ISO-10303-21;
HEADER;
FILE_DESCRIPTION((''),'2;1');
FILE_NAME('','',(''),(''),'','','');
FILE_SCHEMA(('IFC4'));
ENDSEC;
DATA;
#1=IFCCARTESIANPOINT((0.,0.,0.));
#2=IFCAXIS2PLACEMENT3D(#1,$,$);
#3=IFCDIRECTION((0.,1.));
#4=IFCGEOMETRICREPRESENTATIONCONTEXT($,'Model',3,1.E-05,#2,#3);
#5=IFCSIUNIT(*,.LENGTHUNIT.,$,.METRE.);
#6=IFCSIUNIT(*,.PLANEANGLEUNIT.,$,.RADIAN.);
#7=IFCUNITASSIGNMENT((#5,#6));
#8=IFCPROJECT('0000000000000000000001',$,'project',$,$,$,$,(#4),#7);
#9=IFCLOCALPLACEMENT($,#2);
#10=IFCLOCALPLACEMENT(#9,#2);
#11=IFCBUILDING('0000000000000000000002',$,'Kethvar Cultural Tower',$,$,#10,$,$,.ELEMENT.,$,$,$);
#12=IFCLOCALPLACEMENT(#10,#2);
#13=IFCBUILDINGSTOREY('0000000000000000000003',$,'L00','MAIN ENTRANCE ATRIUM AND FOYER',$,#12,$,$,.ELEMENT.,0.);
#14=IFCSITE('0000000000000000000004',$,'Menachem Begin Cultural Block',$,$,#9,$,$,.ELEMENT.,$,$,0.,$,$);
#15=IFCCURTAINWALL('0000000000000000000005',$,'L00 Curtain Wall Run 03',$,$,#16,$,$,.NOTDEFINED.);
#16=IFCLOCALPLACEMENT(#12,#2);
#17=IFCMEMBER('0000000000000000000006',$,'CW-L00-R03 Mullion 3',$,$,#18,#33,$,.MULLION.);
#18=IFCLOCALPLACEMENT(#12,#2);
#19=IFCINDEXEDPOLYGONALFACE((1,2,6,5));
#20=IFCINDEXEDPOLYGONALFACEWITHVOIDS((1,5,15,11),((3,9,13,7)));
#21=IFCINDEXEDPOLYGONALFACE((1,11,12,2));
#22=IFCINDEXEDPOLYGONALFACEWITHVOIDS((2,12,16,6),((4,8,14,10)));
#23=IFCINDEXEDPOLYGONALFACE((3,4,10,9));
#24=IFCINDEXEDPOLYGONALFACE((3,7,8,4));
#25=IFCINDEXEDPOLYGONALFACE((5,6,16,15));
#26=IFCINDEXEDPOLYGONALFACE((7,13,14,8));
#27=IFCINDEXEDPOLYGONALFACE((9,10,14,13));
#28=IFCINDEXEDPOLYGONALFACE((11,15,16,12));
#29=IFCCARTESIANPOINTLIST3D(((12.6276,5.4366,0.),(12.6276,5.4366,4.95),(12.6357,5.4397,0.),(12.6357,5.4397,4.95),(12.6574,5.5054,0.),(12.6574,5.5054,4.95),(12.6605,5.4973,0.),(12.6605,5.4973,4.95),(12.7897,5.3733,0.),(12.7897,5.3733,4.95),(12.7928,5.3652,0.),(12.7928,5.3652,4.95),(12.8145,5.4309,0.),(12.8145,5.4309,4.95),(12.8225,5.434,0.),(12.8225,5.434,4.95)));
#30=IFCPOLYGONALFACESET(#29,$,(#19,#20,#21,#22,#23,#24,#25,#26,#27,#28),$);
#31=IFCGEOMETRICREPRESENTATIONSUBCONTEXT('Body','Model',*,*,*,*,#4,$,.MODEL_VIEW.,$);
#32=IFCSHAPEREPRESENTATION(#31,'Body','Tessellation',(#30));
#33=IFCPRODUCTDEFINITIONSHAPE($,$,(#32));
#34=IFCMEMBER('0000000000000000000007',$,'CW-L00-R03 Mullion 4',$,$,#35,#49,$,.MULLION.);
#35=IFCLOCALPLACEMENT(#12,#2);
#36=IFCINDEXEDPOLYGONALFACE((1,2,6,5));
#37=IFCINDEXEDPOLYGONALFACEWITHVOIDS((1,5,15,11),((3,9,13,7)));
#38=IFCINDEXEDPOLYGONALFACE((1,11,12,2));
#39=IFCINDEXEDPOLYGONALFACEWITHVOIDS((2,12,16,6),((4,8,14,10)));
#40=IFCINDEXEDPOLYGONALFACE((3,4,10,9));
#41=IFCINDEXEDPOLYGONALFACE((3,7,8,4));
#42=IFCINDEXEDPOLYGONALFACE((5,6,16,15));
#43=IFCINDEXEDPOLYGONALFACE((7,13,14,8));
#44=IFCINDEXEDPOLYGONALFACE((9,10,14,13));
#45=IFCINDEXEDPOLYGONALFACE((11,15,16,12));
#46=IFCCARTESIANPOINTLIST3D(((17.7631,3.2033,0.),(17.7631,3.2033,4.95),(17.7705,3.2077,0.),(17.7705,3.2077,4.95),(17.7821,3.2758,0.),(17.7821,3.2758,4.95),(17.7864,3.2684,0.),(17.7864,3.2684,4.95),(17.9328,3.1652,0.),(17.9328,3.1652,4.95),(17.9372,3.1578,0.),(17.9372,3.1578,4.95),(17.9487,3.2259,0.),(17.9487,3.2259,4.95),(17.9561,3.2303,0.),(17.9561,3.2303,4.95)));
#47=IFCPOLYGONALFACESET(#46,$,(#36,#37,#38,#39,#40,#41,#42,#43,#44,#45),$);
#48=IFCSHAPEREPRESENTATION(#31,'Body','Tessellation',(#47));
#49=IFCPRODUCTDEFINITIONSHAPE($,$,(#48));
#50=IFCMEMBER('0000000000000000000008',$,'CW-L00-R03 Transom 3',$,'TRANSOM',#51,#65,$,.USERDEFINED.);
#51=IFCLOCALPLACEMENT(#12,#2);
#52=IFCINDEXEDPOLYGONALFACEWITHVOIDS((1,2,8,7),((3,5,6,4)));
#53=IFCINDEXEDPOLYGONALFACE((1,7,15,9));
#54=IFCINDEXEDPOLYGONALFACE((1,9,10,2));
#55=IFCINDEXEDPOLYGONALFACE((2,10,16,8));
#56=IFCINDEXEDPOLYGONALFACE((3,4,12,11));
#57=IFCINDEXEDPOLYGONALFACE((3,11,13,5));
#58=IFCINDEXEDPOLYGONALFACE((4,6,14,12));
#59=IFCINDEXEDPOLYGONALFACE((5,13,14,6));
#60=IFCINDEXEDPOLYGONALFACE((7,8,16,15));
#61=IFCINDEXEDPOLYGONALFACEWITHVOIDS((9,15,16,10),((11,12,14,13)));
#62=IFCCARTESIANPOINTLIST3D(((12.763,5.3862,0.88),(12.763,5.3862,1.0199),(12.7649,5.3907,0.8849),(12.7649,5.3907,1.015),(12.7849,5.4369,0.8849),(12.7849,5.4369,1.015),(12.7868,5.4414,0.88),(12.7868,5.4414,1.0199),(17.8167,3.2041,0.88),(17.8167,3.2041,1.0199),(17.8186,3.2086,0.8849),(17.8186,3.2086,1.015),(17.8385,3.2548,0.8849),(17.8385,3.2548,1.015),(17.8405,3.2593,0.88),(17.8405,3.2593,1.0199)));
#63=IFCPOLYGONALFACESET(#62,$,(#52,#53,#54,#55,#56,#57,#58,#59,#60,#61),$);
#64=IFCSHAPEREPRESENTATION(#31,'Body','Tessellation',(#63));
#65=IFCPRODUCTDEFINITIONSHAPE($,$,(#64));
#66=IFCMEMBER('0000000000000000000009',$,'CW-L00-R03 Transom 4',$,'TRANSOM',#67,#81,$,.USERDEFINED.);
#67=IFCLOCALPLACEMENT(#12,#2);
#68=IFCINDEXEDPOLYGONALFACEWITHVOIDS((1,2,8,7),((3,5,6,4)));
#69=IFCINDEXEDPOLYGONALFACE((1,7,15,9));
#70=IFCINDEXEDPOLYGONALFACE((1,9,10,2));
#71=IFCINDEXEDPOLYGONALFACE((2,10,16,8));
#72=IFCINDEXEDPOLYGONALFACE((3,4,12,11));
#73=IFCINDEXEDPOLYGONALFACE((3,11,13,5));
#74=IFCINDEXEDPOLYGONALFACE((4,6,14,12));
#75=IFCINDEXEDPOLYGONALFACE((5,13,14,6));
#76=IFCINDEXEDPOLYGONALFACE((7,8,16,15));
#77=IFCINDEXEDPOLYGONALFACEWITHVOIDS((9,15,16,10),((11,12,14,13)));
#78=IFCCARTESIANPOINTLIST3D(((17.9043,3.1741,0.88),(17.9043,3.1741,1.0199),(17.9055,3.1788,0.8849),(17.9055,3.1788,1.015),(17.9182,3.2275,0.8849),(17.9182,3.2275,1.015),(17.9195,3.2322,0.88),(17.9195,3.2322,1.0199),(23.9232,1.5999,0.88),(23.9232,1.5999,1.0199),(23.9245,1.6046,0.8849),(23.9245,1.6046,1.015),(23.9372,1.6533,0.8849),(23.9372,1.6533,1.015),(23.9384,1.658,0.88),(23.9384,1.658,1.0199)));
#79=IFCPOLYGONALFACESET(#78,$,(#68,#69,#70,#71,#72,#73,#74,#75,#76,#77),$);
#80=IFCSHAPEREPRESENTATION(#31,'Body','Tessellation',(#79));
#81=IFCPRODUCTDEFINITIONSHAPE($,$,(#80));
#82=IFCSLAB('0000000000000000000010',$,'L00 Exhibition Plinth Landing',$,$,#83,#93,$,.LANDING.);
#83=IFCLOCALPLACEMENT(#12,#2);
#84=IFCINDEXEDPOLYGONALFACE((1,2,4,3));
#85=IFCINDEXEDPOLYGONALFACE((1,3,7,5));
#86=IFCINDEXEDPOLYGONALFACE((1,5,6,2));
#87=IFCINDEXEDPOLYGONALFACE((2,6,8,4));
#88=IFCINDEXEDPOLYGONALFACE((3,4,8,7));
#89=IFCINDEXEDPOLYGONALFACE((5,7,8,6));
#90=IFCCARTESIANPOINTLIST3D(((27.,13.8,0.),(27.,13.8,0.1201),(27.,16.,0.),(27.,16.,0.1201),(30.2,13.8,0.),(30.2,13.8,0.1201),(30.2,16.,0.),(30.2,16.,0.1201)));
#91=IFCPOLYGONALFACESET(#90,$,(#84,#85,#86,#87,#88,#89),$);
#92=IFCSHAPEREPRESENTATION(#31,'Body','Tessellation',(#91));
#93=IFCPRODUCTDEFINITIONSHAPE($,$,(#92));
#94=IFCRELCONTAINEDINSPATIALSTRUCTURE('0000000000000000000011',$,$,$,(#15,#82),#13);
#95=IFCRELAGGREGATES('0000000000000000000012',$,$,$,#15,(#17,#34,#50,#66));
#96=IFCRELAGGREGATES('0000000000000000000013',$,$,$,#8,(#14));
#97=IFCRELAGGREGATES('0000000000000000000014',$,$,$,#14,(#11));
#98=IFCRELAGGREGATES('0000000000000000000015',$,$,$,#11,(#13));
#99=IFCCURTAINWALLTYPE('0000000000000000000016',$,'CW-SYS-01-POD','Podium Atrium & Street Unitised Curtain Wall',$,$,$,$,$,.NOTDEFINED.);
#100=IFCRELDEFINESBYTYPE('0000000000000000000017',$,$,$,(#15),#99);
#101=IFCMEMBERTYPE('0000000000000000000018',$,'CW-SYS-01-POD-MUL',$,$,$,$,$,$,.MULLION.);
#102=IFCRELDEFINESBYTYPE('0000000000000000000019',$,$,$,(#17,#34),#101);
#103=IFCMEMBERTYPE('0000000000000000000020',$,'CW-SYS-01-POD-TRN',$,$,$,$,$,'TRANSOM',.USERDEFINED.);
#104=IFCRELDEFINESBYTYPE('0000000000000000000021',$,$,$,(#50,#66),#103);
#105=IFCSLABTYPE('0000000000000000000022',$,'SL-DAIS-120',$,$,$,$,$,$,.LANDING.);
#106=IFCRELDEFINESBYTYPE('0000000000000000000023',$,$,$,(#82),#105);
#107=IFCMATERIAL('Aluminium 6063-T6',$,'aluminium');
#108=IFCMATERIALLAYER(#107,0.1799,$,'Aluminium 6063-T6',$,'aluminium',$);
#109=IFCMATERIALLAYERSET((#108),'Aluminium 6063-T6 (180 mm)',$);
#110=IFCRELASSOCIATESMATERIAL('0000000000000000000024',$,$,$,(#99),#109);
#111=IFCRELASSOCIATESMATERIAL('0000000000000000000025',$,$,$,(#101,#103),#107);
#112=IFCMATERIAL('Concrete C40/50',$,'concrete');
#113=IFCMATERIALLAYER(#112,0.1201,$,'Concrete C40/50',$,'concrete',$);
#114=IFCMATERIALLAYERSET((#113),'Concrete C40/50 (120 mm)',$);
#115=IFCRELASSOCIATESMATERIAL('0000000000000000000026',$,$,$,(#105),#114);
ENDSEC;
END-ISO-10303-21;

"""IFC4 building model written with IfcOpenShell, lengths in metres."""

from ifc_helpers import new_model, si_unit, direction, frame, origin, origin_2d, place, context, subcontext, project, spatial, polyline, hollow_rectangle, outline, extrude, source, transform, mapped, material, layer, layer_set, material_profile, profile_set, type_object, element, aggregate, save


model = new_model("IFC4")

# Units and contexts
model_context = context("Model", 3, precision=1e-05, world=origin(), true_north=direction((0.0, 1.0)))
body_context = subcontext(model_context, "Body", "Model", "MODEL_VIEW")
ifc_project = project(units=[si_unit("LENGTHUNIT", "METRE"), si_unit("PLANEANGLEUNIT", "RADIAN")], contexts=[model_context])

# Site, building, storey
site_placement = place(None, origin())
site = spatial("IfcSite", under=ifc_project, at=site_placement, Name="Menachem Begin Cultural Block", CompositionType="ELEMENT", RefElevation=0.0)
building_placement = place(site_placement, origin())
building = spatial("IfcBuilding", under=site, at=building_placement, Name="Kethvar Cultural Tower", CompositionType="ELEMENT")
storey_placement = place(building_placement, origin())
storey = spatial("IfcBuildingStorey", under=building, at=storey_placement, Name="L00", Description="MAIN ENTRANCE ATRIUM AND FOYER", CompositionType="ELEMENT", Elevation=0.0)

# Curtain wall, members
ifc_material_1 = material(Name="Aluminium 6063-T6", Category="aluminium")
ifc_layer_1 = layer(ifc_material_1, 0.1799, Name="Aluminium 6063-T6", Category="aluminium")
ifc_layer_set_1 = layer_set([ifc_layer_1], Name="Aluminium 6063-T6 (180 mm)")
curtain_wall_type = type_object("IfcCurtainWallType", Name="CW-SYS-01-POD", Description="Podium Atrium & Street Unitised Curtain Wall", PredefinedType="NOTDEFINED", material=ifc_layer_set_1)
curtain_wall_placement = place(storey_placement, origin())
curtain_wall = element("IfcCurtainWall", 1, at=curtain_wall_placement, inside=storey, type_object=curtain_wall_type, Name="L00 Curtain Wall Run 03", PredefinedType="NOTDEFINED")
ifc_material_profile_1 = material_profile(ifc_material_1, hollow_rectangle(XDim=0.075, YDim=0.1799, WallThickness=0.0061, at=origin_2d()), Name="Aluminium 6063-T6 — RHS180x75x6")
ifc_profile_set_1 = profile_set([ifc_material_profile_1], Name="Aluminium 6063-T6 — RHS180x75x6")
member_type_1 = type_object("IfcMemberType", Name="CW-SYS-01-POD-MUL", PredefinedType="MULLION", material=ifc_profile_set_1)
shared_shape_1 = source(origin(), body_context, "Body", "SweptSolid", [
    extrude(hollow_rectangle(XDim=0.075, YDim=0.1799, WallThickness=0.0061, at=origin_2d()), origin(), (0.0, 0.0, 1.0), 4.95),
])
member_1_placement = place(storey_placement, frame((12.7251, 5.4353, 0.0), z_axis=(0.0, 0.0, 1.0), x_axis=(0.396411, 0.918073, 0.0)))
member_1 = element("IfcMember", 2, at=member_1_placement, type_object=member_type_1, Name="CW-L00-R03 Mullion 3", PredefinedType="MULLION", context=body_context, shape_type="MappedRepresentation", body=[
    mapped(shared_shape_1, transform((0.0, 0.0, 0.0), scale=1.0)),
])
member_2_placement = place(storey_placement, frame((17.8596, 3.2168, 0.0), z_axis=(0.0, 0.0, 1.0), x_axis=(0.253032, 0.967458, 0.0)))
member_2 = element("IfcMember", 3, at=member_2_placement, type_object=member_type_1, Name="CW-L00-R03 Mullion 4", PredefinedType="MULLION", context=body_context, shape_type="MappedRepresentation", body=[
    mapped(shared_shape_1, transform((0.0, 0.0, 0.0), scale=1.0)),
])
ifc_material_profile_2 = material_profile(ifc_material_1, hollow_rectangle(XDim=0.0601, YDim=0.1399, WallThickness=0.0049, at=origin_2d()), Name="Aluminium 6063-T6 — RHS140x60x5")
ifc_profile_set_2 = profile_set([ifc_material_profile_2], Name="Aluminium 6063-T6 — RHS140x60x5")
member_type_2 = type_object("IfcMemberType", Name="CW-SYS-01-POD-TRN", ElementType="TRANSOM", PredefinedType="USERDEFINED", material=ifc_profile_set_2)
shared_shape_2 = source(origin(), body_context, "Body", "SweptSolid", [
    extrude(hollow_rectangle(XDim=0.0601, YDim=0.1399, WallThickness=0.0049, at=origin_2d()), origin(), (0.0, 0.0, 1.0), 5.5046),
])
member_3_placement = place(storey_placement, frame((12.7749, 5.4138, 0.95), z_axis=(0.918073, -0.396412, 0.0), x_axis=(0.396412, 0.918073, 0.0)))
member_3 = element("IfcMember", 4, at=member_3_placement, type_object=member_type_2, Name="CW-L00-R03 Transom 3", ObjectType="TRANSOM", PredefinedType="USERDEFINED", context=body_context, shape_type="MappedRepresentation", body=[
    mapped(shared_shape_2, transform((0.0, 0.0, 0.0), scale=1.0)),
])
shared_shape_3 = source(origin(), body_context, "Body", "SweptSolid", [
    extrude(hollow_rectangle(XDim=0.0601, YDim=0.1399, WallThickness=0.0049, at=origin_2d()), origin(), (0.0, 0.0, 1.0), 6.2214),
])
member_4_placement = place(storey_placement, frame((17.9119, 3.2031, 0.95), z_axis=(0.967459, -0.253029, 0.0), x_axis=(0.253029, 0.967459, 0.0)))
member_4 = element("IfcMember", 5, at=member_4_placement, type_object=member_type_2, Name="CW-L00-R03 Transom 4", ObjectType="TRANSOM", PredefinedType="USERDEFINED", context=body_context, shape_type="MappedRepresentation", body=[
    mapped(shared_shape_3, transform((0.0, 0.0, 0.0), scale=1.0)),
])

# Slab
ifc_material_2 = material(Name="Concrete C40/50", Category="concrete")
ifc_layer_2 = layer(ifc_material_2, 0.1201, Name="Concrete C40/50", Category="concrete")
ifc_layer_set_2 = layer_set([ifc_layer_2], Name="Concrete C40/50 (120 mm)")
slab_type_1 = type_object("IfcSlabType", Name="SL-DAIS-120", PredefinedType="LANDING", material=ifc_layer_set_2)
slab_1_placement = place(storey_placement, origin())
element("IfcSlab", 6, at=slab_1_placement, inside=storey, type_object=slab_type_1, Name="L00 Exhibition Plinth Landing", PredefinedType="LANDING", context=body_context, shape_type="SweptSolid", body=[
    extrude(outline(polyline([(27.0, 13.8), (30.2, 13.8), (30.2, 16.0), (27.0, 16.0), (27.0, 13.8)])), origin(), (0.0, 0.0, 1.0), 0.1201),
])

aggregate(curtain_wall, [member_1, member_2, member_3, member_4])

save(model, "model.ifc")
